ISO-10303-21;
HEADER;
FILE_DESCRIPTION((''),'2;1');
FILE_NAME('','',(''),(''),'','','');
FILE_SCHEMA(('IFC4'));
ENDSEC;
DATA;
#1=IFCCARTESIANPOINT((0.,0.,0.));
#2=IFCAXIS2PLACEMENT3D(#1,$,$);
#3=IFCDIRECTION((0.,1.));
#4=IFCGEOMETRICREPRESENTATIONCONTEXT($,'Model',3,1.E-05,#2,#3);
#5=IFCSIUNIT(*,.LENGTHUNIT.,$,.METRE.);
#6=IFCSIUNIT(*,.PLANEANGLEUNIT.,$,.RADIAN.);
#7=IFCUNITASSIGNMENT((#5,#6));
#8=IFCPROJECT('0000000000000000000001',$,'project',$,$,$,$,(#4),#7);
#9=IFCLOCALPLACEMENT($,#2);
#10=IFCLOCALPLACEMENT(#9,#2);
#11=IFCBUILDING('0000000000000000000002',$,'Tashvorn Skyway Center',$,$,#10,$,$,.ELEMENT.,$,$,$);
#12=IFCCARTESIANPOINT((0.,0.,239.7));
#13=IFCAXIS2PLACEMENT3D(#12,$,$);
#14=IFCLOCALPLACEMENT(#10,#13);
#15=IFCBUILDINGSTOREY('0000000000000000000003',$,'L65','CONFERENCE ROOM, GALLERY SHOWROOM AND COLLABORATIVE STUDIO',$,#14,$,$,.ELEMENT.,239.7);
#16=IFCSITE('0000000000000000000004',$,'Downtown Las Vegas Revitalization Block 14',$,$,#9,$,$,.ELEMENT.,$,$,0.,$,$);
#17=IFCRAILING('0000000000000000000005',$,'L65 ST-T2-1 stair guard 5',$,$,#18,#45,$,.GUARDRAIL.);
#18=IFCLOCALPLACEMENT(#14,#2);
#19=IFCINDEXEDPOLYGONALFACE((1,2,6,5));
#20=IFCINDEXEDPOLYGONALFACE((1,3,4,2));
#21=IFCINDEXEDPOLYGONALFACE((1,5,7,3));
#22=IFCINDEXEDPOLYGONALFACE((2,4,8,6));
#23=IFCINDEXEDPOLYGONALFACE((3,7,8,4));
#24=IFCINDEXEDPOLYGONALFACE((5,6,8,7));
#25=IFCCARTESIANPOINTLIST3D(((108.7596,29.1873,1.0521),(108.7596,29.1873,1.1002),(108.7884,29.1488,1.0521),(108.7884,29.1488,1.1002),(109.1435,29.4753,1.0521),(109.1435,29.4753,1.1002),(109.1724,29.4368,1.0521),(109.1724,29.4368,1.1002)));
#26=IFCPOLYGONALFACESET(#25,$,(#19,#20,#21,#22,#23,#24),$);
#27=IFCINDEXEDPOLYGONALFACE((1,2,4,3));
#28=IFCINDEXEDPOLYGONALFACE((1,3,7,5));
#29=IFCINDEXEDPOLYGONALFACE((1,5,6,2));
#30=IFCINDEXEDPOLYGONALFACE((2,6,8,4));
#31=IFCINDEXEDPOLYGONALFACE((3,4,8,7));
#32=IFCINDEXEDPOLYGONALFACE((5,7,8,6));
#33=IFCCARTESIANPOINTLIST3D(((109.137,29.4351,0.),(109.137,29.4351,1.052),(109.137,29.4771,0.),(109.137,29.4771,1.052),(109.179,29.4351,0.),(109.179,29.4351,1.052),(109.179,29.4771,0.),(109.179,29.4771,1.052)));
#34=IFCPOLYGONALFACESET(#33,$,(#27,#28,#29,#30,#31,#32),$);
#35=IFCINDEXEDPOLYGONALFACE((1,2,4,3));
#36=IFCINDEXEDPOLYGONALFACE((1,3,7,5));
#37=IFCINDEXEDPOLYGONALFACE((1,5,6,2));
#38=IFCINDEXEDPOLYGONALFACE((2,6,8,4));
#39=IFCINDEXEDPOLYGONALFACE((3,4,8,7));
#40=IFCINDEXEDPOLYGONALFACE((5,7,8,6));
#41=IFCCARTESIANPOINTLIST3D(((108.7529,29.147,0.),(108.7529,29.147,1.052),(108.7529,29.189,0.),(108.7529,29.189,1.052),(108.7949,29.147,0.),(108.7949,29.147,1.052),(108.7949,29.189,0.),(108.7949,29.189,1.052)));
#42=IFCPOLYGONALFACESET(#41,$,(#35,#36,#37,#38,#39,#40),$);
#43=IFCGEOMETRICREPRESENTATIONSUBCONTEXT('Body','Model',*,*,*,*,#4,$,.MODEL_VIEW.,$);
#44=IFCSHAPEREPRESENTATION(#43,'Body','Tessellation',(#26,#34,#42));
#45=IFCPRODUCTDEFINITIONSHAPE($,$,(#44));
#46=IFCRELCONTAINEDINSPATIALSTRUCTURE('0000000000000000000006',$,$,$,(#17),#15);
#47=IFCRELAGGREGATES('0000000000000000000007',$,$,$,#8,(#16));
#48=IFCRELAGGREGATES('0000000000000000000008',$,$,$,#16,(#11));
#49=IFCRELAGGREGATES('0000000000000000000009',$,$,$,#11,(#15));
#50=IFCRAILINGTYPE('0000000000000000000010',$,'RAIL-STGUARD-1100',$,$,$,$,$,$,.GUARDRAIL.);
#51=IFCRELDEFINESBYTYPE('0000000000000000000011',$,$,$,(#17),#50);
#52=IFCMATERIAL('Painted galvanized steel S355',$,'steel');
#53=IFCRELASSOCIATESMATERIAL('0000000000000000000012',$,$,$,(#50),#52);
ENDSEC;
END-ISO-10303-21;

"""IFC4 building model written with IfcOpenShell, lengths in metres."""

from ifc_helpers import new_model, si_unit, direction, frame, origin, origin_2d, place, context, subcontext, project, spatial, rectangle, extrude, material, type_object, element, save


model = new_model("IFC4")

# Units and contexts
model_context = context("Model", 3, precision=1e-05, world=origin(), true_north=direction((0.0, 1.0)))
body_context = subcontext(model_context, "Body", "Model", "MODEL_VIEW")
ifc_project = project(units=[si_unit("LENGTHUNIT", "METRE"), si_unit("PLANEANGLEUNIT", "RADIAN")], contexts=[model_context])

# Site, building, storey
site_placement = place(None, origin())
site = spatial("IfcSite", under=ifc_project, at=site_placement, Name="Downtown Las Vegas Revitalization Block 14", CompositionType="ELEMENT", RefElevation=0.0)
building_placement = place(site_placement, origin())
building = spatial("IfcBuilding", under=site, at=building_placement, Name="Tashvorn Skyway Center", CompositionType="ELEMENT")
storey_placement = place(building_placement, frame((0.0, 0.0, 239.7)))
storey = spatial("IfcBuildingStorey", under=building, at=storey_placement, Name="L65", Description="CONFERENCE ROOM, GALLERY SHOWROOM AND COLLABORATIVE STUDIO", CompositionType="ELEMENT", Elevation=239.7)

# Railing
ifc_material_1 = material(Name="Painted galvanized steel S355", Category="steel")
railing_type_1 = type_object("IfcRailingType", Name="RAIL-STGUARD-1100", PredefinedType="GUARDRAIL", material=ifc_material_1)
railing_1_placement = place(storey_placement, frame((109.158, 29.4561, 0.0)))
element("IfcRailing", 1, at=railing_1_placement, inside=storey, type_object=railing_type_1, Name="L65 ST-T2-1 stair guard 5", PredefinedType="GUARDRAIL", context=body_context, shape_type="SweptSolid", body=[
    extrude(rectangle(XDim=0.0481, YDim=0.0481, at=origin_2d()), frame((0.0, 0.0, 1.0762), z_axis=(-0.799939, -0.600081, 0.0), x_axis=(0.600081, -0.799939, 0.0)), (0.0, 0.0, 1.0), 0.48),
    extrude(rectangle(XDim=0.042, YDim=0.042, at=origin_2d()), origin(), (0.0, 0.0, 1.0), 1.052),
    extrude(rectangle(XDim=0.042, YDim=0.042, at=origin_2d()), frame((-0.384, -0.2881, 0.0)), (0.0, 0.0, 1.0), 1.052),
])

save(model, "model.ifc")
